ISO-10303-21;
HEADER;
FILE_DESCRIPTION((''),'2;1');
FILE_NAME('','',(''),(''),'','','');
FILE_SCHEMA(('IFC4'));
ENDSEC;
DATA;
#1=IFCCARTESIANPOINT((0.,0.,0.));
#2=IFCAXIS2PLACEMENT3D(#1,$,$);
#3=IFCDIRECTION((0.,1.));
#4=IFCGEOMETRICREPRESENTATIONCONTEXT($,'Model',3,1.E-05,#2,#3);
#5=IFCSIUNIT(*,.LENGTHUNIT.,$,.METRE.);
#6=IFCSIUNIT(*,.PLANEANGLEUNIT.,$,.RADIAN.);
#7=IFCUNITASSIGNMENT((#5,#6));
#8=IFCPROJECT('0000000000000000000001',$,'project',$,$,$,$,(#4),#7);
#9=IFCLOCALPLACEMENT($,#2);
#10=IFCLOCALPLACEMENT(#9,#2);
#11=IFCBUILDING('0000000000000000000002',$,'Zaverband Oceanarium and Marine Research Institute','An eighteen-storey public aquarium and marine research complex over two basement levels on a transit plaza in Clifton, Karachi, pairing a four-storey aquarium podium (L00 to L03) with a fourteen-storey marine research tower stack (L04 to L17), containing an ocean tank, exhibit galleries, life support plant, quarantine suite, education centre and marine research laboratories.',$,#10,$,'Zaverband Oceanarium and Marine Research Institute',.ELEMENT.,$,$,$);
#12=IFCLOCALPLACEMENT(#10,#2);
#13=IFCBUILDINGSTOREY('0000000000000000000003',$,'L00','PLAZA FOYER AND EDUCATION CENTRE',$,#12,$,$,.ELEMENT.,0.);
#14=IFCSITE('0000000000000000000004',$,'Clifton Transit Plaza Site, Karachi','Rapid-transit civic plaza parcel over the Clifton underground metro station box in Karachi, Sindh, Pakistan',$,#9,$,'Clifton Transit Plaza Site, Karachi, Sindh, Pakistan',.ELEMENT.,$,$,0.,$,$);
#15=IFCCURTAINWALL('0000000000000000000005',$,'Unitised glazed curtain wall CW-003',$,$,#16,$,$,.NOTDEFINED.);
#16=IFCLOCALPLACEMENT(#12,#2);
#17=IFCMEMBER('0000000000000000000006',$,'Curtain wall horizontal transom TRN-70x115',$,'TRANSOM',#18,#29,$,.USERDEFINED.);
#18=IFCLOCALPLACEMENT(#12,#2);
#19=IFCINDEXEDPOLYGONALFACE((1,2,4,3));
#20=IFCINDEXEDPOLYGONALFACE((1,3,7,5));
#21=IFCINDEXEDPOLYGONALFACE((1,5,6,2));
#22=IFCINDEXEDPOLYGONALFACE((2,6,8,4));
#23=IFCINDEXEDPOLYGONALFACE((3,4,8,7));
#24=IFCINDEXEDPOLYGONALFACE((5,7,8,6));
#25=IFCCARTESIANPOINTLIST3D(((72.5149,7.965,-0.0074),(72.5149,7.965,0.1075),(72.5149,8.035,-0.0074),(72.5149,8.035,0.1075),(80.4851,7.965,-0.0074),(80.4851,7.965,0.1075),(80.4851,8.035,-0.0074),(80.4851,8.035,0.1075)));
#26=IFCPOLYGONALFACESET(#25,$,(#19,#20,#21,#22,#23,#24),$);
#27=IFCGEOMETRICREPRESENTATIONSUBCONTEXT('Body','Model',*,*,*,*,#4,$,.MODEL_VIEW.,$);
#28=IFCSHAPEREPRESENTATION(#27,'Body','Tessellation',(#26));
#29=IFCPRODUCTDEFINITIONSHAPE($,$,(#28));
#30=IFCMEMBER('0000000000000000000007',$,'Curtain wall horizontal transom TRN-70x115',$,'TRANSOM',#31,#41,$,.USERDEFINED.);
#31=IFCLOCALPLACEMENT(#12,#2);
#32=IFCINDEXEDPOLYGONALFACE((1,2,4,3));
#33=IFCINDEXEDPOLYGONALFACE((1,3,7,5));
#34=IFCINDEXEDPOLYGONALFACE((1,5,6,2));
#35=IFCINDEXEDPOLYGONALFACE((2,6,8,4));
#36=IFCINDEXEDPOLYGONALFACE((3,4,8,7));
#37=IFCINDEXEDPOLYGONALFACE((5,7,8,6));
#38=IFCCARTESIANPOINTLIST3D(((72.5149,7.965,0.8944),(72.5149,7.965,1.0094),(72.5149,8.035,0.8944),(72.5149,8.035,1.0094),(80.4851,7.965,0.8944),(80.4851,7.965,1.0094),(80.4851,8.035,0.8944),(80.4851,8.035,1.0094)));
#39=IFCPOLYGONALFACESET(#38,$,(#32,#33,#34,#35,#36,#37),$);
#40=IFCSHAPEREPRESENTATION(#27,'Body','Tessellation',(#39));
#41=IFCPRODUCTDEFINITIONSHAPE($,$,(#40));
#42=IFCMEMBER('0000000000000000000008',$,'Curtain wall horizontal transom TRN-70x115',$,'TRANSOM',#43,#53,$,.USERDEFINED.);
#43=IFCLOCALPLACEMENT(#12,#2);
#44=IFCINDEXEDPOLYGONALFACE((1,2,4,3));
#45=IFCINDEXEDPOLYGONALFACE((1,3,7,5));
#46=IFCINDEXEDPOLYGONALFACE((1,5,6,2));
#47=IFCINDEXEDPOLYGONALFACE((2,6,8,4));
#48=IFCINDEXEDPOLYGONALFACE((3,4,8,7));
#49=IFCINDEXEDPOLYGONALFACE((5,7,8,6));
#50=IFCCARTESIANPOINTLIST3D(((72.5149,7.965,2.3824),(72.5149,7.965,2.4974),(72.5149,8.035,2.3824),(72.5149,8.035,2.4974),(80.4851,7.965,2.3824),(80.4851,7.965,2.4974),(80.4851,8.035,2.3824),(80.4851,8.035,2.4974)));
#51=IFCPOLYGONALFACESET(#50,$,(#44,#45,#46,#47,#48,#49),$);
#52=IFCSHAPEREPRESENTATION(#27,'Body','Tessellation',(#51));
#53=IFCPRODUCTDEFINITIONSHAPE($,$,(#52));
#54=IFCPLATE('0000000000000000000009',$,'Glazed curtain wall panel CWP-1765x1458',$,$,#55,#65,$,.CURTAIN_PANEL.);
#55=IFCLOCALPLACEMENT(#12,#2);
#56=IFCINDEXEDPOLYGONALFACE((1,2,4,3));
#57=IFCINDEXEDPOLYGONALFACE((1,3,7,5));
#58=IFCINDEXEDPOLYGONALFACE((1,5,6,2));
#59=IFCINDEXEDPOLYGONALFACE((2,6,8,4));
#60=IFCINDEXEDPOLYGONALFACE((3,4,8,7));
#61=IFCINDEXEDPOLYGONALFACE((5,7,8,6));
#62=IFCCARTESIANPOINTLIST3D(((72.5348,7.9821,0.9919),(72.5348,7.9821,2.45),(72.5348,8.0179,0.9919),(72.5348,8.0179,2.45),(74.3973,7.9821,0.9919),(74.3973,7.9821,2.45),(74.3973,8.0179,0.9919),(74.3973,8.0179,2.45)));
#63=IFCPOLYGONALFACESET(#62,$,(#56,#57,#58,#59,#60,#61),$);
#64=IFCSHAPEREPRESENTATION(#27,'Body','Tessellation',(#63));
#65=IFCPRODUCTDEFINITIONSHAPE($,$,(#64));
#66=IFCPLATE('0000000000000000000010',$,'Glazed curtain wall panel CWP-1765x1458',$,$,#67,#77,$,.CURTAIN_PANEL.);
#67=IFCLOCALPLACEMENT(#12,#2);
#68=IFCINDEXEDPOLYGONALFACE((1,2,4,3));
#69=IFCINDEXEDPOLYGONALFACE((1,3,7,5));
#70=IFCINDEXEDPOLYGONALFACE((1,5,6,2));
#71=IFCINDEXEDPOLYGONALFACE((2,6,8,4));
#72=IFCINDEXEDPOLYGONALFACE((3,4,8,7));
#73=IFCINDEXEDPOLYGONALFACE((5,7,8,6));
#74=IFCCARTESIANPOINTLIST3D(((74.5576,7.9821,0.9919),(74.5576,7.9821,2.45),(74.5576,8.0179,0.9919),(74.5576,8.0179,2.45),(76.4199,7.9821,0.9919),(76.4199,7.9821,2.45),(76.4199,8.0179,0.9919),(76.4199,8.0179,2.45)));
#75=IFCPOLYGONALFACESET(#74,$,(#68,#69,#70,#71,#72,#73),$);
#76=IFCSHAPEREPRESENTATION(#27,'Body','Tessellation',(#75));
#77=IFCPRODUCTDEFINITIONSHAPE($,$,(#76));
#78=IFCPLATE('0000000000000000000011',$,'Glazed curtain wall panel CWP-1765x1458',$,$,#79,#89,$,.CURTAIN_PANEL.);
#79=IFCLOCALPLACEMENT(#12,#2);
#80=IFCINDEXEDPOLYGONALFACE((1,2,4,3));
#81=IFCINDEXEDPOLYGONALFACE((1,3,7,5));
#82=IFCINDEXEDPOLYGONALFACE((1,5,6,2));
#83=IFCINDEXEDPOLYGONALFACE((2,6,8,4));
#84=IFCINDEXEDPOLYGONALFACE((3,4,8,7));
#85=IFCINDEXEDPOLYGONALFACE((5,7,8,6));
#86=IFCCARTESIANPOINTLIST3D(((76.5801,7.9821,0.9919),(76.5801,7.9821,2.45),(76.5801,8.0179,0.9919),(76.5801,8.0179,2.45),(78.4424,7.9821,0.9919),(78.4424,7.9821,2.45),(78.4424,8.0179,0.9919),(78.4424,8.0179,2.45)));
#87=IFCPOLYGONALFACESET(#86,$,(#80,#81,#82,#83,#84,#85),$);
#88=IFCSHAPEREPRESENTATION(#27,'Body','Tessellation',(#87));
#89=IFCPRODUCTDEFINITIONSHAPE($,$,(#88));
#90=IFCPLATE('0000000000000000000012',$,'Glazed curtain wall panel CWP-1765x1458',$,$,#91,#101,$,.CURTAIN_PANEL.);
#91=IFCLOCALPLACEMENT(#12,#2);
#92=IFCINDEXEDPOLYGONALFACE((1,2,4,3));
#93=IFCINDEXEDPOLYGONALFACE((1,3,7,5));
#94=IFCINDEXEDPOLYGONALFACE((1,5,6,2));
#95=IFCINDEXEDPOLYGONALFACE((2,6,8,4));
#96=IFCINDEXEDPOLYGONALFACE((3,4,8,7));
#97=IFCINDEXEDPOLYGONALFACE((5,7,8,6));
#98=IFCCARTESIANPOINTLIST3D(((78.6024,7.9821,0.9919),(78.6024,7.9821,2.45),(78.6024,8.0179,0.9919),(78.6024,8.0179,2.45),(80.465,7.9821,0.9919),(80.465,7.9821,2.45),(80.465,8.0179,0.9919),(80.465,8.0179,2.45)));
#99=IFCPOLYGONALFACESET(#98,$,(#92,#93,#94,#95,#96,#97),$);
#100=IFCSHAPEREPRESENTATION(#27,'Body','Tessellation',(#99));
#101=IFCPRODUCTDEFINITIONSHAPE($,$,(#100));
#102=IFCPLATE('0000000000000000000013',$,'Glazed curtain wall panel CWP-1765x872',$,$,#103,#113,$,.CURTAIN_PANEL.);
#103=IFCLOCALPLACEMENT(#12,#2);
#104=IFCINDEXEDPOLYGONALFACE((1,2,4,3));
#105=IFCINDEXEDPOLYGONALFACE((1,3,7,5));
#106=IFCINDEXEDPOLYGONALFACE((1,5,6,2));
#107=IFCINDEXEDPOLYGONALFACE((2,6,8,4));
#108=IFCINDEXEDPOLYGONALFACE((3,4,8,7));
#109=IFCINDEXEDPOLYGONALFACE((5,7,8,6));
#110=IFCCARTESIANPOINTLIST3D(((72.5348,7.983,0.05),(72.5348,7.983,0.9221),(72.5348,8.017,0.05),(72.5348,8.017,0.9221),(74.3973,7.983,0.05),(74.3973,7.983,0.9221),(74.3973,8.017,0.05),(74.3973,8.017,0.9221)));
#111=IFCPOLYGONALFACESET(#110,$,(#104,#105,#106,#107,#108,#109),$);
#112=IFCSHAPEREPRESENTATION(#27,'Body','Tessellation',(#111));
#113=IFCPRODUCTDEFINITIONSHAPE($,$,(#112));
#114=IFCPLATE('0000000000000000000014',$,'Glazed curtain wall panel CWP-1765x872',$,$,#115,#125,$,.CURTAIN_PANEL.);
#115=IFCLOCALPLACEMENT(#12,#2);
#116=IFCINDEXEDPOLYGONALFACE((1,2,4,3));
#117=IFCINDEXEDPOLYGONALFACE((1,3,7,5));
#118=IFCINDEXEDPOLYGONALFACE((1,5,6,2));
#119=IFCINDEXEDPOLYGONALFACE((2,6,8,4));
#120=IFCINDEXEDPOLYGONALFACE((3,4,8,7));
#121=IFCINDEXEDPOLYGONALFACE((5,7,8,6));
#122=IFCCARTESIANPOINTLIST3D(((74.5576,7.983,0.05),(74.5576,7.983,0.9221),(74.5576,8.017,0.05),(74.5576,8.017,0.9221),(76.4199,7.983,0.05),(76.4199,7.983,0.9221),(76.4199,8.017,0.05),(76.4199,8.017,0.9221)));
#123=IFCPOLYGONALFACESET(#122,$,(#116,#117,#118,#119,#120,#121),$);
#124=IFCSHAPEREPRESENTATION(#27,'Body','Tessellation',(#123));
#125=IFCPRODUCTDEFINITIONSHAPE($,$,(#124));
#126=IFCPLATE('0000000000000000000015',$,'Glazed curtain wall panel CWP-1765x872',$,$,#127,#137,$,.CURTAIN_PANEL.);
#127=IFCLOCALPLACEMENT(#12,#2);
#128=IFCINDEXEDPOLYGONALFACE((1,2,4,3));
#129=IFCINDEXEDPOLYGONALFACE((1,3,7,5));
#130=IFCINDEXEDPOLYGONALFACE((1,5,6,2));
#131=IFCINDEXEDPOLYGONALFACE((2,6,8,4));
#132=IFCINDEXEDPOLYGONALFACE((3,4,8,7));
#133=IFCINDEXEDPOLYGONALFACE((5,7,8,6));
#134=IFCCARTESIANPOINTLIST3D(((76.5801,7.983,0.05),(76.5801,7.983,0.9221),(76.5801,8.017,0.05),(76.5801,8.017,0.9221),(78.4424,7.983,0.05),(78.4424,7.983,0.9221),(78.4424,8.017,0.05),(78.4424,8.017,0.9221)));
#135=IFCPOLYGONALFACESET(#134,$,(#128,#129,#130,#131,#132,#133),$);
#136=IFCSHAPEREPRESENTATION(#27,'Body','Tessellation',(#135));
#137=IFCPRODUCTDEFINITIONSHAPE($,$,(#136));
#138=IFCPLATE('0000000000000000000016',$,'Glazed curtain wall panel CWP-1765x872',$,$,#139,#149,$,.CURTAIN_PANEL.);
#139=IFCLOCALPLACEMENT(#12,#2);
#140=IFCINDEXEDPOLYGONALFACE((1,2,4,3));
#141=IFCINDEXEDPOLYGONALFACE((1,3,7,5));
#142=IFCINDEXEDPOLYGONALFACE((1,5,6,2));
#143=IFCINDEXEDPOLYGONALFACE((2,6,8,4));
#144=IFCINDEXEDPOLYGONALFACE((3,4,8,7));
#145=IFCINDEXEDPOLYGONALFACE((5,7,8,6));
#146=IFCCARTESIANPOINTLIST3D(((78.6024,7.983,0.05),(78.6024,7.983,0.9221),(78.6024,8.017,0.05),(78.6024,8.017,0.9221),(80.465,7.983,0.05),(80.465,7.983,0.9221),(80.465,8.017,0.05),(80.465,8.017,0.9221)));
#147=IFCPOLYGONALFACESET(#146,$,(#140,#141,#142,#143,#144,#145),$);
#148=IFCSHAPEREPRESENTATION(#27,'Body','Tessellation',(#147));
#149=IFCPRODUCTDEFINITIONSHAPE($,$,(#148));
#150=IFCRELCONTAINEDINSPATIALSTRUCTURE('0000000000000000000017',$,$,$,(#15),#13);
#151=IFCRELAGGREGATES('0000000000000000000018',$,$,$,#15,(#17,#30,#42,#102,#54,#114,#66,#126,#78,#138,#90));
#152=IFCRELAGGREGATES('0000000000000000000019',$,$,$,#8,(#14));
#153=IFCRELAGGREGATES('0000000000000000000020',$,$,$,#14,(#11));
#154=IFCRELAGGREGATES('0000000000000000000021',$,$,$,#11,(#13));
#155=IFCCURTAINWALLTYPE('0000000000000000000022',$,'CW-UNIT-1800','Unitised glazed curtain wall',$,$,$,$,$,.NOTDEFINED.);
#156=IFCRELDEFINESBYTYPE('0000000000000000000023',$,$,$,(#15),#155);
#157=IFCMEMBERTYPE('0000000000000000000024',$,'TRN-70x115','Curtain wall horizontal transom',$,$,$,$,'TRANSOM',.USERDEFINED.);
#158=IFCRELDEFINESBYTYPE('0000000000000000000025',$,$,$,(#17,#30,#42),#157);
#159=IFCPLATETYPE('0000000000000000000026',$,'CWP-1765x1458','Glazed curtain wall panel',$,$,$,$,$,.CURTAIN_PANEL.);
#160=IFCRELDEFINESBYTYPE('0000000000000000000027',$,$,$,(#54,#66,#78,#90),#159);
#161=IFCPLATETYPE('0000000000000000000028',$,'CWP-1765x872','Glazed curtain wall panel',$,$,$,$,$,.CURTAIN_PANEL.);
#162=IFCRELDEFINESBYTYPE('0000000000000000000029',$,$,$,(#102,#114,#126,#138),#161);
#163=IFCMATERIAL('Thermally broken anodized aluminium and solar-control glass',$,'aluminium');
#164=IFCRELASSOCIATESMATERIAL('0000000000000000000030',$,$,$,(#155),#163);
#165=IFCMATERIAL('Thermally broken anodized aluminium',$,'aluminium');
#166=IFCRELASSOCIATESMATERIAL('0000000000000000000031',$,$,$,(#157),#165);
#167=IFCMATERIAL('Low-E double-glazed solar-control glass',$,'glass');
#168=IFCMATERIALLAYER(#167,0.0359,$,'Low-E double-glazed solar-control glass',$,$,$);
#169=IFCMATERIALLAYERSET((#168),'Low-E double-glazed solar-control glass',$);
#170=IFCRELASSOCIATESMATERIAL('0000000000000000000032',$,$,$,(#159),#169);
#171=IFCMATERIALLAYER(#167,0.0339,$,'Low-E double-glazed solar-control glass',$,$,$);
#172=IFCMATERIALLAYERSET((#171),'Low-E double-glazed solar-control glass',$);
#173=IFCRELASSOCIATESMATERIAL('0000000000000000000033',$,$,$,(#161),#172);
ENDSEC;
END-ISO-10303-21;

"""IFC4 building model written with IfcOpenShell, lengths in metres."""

from ifc_helpers import new_model, si_unit, direction, frame, frame_2d, origin, origin_2d, place, context, subcontext, project, spatial, rectangle, extrude, material, layer, layer_set, material_profile, profile_set, type_object, element, aggregate, save


model = new_model("IFC4")

# Units and contexts
model_context = context("Model", 3, precision=1e-05, world=origin(), true_north=direction((0.0, 1.0)))
body_context = subcontext(model_context, "Body", "Model", "MODEL_VIEW")
ifc_project = project(units=[si_unit("LENGTHUNIT", "METRE"), si_unit("PLANEANGLEUNIT", "RADIAN")], contexts=[model_context])

# Site, building, storey
site_placement = place(None, origin())
site = spatial("IfcSite", under=ifc_project, at=site_placement, Name="Clifton Transit Plaza Site, Karachi", Description="Rapid-transit civic plaza parcel over the Clifton underground metro station box in Karachi, Sindh, Pakistan", LongName="Clifton Transit Plaza Site, Karachi, Sindh, Pakistan", CompositionType="ELEMENT", RefElevation=0.0)
building_placement = place(site_placement, origin())
building = spatial("IfcBuilding", under=site, at=building_placement, Name="Zaverband Oceanarium and Marine Research Institute", Description="An eighteen-storey public aquarium and marine research complex over two basement levels on a transit plaza in Clifton, Karachi, pairing a four-storey aquarium podium (L00 to L03) with a fourteen-storey marine research tower stack (L04 to L17), containing an ocean tank, exhibit galleries, life support plant, quarantine suite, education centre and marine research laboratories.", LongName="Zaverband Oceanarium and Marine Research Institute", CompositionType="ELEMENT")
storey_placement = place(building_placement, origin())
storey = spatial("IfcBuildingStorey", under=building, at=storey_placement, Name="L00", Description="PLAZA FOYER AND EDUCATION CENTRE", CompositionType="ELEMENT", Elevation=0.0)

# Curtain wall
ifc_material_1 = material(Name="Thermally broken anodized aluminium and solar-control glass", Category="aluminium")
curtain_wall_type = type_object("IfcCurtainWallType", Name="CW-UNIT-1800", Description="Unitised glazed curtain wall", PredefinedType="NOTDEFINED", material=ifc_material_1)
curtain_wall_placement = place(storey_placement, origin())
curtain_wall = element("IfcCurtainWall", 1, at=curtain_wall_placement, inside=storey, type_object=curtain_wall_type, Name="Unitised glazed curtain wall CW-003", PredefinedType="NOTDEFINED")
ifc_material_2 = material(Name="Thermally broken anodized aluminium", Category="aluminium")

# Members
ifc_material_profile_1 = material_profile(ifc_material_2, rectangle(XDim=0.0701, YDim=0.115, at=origin_2d()), Name="AL-TRN-70x115")
ifc_profile_set_1 = profile_set([ifc_material_profile_1], Name="Thermally broken anodized aluminium")
member_type_1 = type_object("IfcMemberType", Name="TRN-70x115", Description="Curtain wall horizontal transom", ElementType="TRANSOM", PredefinedType="USERDEFINED", material=ifc_profile_set_1)
member_1_placement = place(storey_placement, frame((72.5149, 8.0, 0.05), z_axis=(1.0, 0.0, 0.0), x_axis=(0.0, 1.0, 0.0)))
member_1 = element("IfcMember", 2, at=member_1_placement, type_object=member_type_1, Name="Curtain wall horizontal transom TRN-70x115", ObjectType="TRANSOM", PredefinedType="USERDEFINED", context=body_context, shape_type="SweptSolid", body=[
    extrude(rectangle(XDim=0.0701, YDim=0.115, at=origin_2d()), origin(), (0.0, 0.0, 1.0), 7.9702),
])
member_2_placement = place(storey_placement, frame((72.5149, 8.0, 0.9519), z_axis=(1.0, 0.0, 0.0), x_axis=(0.0, 1.0, 0.0)))
member_2 = element("IfcMember", 3, at=member_2_placement, type_object=member_type_1, Name="Curtain wall horizontal transom TRN-70x115", ObjectType="TRANSOM", PredefinedType="USERDEFINED", context=body_context, shape_type="SweptSolid", body=[
    extrude(rectangle(XDim=0.0701, YDim=0.115, at=origin_2d()), origin(), (0.0, 0.0, 1.0), 7.9702),
])
member_3_placement = place(storey_placement, frame((72.5149, 8.0, 2.4399), z_axis=(1.0, 0.0, 0.0), x_axis=(0.0, 1.0, 0.0)))
member_3 = element("IfcMember", 4, at=member_3_placement, type_object=member_type_1, Name="Curtain wall horizontal transom TRN-70x115", ObjectType="TRANSOM", PredefinedType="USERDEFINED", context=body_context, shape_type="SweptSolid", body=[
    extrude(rectangle(XDim=0.0701, YDim=0.115, at=origin_2d()), origin(), (0.0, 0.0, 1.0), 7.9702),
])

# Plates
ifc_material_3 = material(Name="Low-E double-glazed solar-control glass", Category="glass")
ifc_layer_1 = layer(ifc_material_3, 0.0359, Name="Low-E double-glazed solar-control glass")
ifc_layer_set_1 = layer_set([ifc_layer_1], Name="Low-E double-glazed solar-control glass")
plate_type_1 = type_object("IfcPlateType", Name="CWP-1765x1458", Description="Glazed curtain wall panel", PredefinedType="CURTAIN_PANEL", material=ifc_layer_set_1)
plate_1_placement = place(storey_placement, frame((72.5349, 8.0, 0.9919), z_axis=(0.0, 0.0, 1.0), x_axis=(1.0, 0.0, 0.0)))
plate_1 = element("IfcPlate", 5, at=plate_1_placement, type_object=plate_type_1, Name="Glazed curtain wall panel CWP-1765x1458", PredefinedType="CURTAIN_PANEL", context=body_context, shape_type="SweptSolid", body=[
    extrude(rectangle(XDim=1.8625, YDim=0.0359, at=frame_2d((0.9312, 0.0))), origin(), (0.0, 0.0, 1.0), 1.458),
])
plate_2_placement = place(storey_placement, frame((74.5576, 8.0, 0.9919), z_axis=(0.0, 0.0, 1.0), x_axis=(1.0, 0.0, 0.0)))
plate_2 = element("IfcPlate", 6, at=plate_2_placement, type_object=plate_type_1, Name="Glazed curtain wall panel CWP-1765x1458", PredefinedType="CURTAIN_PANEL", context=body_context, shape_type="SweptSolid", body=[
    extrude(rectangle(XDim=1.8623, YDim=0.0359, at=frame_2d((0.9312, 0.0))), origin(), (0.0, 0.0, 1.0), 1.458),
])
plate_3_placement = place(storey_placement, frame((76.5801, 8.0, 0.9919), z_axis=(0.0, 0.0, 1.0), x_axis=(1.0, 0.0, 0.0)))
plate_3 = element("IfcPlate", 7, at=plate_3_placement, type_object=plate_type_1, Name="Glazed curtain wall panel CWP-1765x1458", PredefinedType="CURTAIN_PANEL", context=body_context, shape_type="SweptSolid", body=[
    extrude(rectangle(XDim=1.8623, YDim=0.0359, at=frame_2d((0.9312, 0.0))), origin(), (0.0, 0.0, 1.0), 1.458),
])
plate_4_placement = place(storey_placement, frame((78.6025, 8.0, 0.9919), z_axis=(0.0, 0.0, 1.0), x_axis=(1.0, 0.0, 0.0)))
plate_4 = element("IfcPlate", 8, at=plate_4_placement, type_object=plate_type_1, Name="Glazed curtain wall panel CWP-1765x1458", PredefinedType="CURTAIN_PANEL", context=body_context, shape_type="SweptSolid", body=[
    extrude(rectangle(XDim=1.8625, YDim=0.0359, at=frame_2d((0.9312, 0.0))), origin(), (0.0, 0.0, 1.0), 1.458),
])
ifc_layer_2 = layer(ifc_material_3, 0.0339, Name="Low-E double-glazed solar-control glass")
ifc_layer_set_2 = layer_set([ifc_layer_2], Name="Low-E double-glazed solar-control glass")
plate_type_2 = type_object("IfcPlateType", Name="CWP-1765x872", Description="Glazed curtain wall panel", PredefinedType="CURTAIN_PANEL", material=ifc_layer_set_2)
plate_5_placement = place(storey_placement, frame((72.5349, 8.0, 0.05), z_axis=(0.0, 0.0, 1.0), x_axis=(1.0, 0.0, 0.0)))
plate_5 = element("IfcPlate", 9, at=plate_5_placement, type_object=plate_type_2, Name="Glazed curtain wall panel CWP-1765x872", PredefinedType="CURTAIN_PANEL", context=body_context, shape_type="SweptSolid", body=[
    extrude(rectangle(XDim=1.8625, YDim=0.0339, at=frame_2d((0.9312, 0.0))), origin(), (0.0, 0.0, 1.0), 0.8721),
])
plate_6_placement = place(storey_placement, frame((74.5576, 8.0, 0.05), z_axis=(0.0, 0.0, 1.0), x_axis=(1.0, 0.0, 0.0)))
plate_6 = element("IfcPlate", 10, at=plate_6_placement, type_object=plate_type_2, Name="Glazed curtain wall panel CWP-1765x872", PredefinedType="CURTAIN_PANEL", context=body_context, shape_type="SweptSolid", body=[
    extrude(rectangle(XDim=1.8623, YDim=0.0339, at=frame_2d((0.9312, 0.0))), origin(), (0.0, 0.0, 1.0), 0.8721),
])
plate_7_placement = place(storey_placement, frame((76.5801, 8.0, 0.05), z_axis=(0.0, 0.0, 1.0), x_axis=(1.0, 0.0, 0.0)))
plate_7 = element("IfcPlate", 11, at=plate_7_placement, type_object=plate_type_2, Name="Glazed curtain wall panel CWP-1765x872", PredefinedType="CURTAIN_PANEL", context=body_context, shape_type="SweptSolid", body=[
    extrude(rectangle(XDim=1.8623, YDim=0.0339, at=frame_2d((0.9312, 0.0))), origin(), (0.0, 0.0, 1.0), 0.8721),
])
plate_8_placement = place(storey_placement, frame((78.6025, 8.0, 0.05), z_axis=(0.0, 0.0, 1.0), x_axis=(1.0, 0.0, 0.0)))
plate_8 = element("IfcPlate", 12, at=plate_8_placement, type_object=plate_type_2, Name="Glazed curtain wall panel CWP-1765x872", PredefinedType="CURTAIN_PANEL", context=body_context, shape_type="SweptSolid", body=[
    extrude(rectangle(XDim=1.8625, YDim=0.0339, at=frame_2d((0.9312, 0.0))), origin(), (0.0, 0.0, 1.0), 0.8721),
])
aggregate(curtain_wall, [member_1, member_2, member_3, plate_5, plate_1, plate_6, plate_2, plate_7, plate_3, plate_8, plate_4])

save(model, "model.ifc")
